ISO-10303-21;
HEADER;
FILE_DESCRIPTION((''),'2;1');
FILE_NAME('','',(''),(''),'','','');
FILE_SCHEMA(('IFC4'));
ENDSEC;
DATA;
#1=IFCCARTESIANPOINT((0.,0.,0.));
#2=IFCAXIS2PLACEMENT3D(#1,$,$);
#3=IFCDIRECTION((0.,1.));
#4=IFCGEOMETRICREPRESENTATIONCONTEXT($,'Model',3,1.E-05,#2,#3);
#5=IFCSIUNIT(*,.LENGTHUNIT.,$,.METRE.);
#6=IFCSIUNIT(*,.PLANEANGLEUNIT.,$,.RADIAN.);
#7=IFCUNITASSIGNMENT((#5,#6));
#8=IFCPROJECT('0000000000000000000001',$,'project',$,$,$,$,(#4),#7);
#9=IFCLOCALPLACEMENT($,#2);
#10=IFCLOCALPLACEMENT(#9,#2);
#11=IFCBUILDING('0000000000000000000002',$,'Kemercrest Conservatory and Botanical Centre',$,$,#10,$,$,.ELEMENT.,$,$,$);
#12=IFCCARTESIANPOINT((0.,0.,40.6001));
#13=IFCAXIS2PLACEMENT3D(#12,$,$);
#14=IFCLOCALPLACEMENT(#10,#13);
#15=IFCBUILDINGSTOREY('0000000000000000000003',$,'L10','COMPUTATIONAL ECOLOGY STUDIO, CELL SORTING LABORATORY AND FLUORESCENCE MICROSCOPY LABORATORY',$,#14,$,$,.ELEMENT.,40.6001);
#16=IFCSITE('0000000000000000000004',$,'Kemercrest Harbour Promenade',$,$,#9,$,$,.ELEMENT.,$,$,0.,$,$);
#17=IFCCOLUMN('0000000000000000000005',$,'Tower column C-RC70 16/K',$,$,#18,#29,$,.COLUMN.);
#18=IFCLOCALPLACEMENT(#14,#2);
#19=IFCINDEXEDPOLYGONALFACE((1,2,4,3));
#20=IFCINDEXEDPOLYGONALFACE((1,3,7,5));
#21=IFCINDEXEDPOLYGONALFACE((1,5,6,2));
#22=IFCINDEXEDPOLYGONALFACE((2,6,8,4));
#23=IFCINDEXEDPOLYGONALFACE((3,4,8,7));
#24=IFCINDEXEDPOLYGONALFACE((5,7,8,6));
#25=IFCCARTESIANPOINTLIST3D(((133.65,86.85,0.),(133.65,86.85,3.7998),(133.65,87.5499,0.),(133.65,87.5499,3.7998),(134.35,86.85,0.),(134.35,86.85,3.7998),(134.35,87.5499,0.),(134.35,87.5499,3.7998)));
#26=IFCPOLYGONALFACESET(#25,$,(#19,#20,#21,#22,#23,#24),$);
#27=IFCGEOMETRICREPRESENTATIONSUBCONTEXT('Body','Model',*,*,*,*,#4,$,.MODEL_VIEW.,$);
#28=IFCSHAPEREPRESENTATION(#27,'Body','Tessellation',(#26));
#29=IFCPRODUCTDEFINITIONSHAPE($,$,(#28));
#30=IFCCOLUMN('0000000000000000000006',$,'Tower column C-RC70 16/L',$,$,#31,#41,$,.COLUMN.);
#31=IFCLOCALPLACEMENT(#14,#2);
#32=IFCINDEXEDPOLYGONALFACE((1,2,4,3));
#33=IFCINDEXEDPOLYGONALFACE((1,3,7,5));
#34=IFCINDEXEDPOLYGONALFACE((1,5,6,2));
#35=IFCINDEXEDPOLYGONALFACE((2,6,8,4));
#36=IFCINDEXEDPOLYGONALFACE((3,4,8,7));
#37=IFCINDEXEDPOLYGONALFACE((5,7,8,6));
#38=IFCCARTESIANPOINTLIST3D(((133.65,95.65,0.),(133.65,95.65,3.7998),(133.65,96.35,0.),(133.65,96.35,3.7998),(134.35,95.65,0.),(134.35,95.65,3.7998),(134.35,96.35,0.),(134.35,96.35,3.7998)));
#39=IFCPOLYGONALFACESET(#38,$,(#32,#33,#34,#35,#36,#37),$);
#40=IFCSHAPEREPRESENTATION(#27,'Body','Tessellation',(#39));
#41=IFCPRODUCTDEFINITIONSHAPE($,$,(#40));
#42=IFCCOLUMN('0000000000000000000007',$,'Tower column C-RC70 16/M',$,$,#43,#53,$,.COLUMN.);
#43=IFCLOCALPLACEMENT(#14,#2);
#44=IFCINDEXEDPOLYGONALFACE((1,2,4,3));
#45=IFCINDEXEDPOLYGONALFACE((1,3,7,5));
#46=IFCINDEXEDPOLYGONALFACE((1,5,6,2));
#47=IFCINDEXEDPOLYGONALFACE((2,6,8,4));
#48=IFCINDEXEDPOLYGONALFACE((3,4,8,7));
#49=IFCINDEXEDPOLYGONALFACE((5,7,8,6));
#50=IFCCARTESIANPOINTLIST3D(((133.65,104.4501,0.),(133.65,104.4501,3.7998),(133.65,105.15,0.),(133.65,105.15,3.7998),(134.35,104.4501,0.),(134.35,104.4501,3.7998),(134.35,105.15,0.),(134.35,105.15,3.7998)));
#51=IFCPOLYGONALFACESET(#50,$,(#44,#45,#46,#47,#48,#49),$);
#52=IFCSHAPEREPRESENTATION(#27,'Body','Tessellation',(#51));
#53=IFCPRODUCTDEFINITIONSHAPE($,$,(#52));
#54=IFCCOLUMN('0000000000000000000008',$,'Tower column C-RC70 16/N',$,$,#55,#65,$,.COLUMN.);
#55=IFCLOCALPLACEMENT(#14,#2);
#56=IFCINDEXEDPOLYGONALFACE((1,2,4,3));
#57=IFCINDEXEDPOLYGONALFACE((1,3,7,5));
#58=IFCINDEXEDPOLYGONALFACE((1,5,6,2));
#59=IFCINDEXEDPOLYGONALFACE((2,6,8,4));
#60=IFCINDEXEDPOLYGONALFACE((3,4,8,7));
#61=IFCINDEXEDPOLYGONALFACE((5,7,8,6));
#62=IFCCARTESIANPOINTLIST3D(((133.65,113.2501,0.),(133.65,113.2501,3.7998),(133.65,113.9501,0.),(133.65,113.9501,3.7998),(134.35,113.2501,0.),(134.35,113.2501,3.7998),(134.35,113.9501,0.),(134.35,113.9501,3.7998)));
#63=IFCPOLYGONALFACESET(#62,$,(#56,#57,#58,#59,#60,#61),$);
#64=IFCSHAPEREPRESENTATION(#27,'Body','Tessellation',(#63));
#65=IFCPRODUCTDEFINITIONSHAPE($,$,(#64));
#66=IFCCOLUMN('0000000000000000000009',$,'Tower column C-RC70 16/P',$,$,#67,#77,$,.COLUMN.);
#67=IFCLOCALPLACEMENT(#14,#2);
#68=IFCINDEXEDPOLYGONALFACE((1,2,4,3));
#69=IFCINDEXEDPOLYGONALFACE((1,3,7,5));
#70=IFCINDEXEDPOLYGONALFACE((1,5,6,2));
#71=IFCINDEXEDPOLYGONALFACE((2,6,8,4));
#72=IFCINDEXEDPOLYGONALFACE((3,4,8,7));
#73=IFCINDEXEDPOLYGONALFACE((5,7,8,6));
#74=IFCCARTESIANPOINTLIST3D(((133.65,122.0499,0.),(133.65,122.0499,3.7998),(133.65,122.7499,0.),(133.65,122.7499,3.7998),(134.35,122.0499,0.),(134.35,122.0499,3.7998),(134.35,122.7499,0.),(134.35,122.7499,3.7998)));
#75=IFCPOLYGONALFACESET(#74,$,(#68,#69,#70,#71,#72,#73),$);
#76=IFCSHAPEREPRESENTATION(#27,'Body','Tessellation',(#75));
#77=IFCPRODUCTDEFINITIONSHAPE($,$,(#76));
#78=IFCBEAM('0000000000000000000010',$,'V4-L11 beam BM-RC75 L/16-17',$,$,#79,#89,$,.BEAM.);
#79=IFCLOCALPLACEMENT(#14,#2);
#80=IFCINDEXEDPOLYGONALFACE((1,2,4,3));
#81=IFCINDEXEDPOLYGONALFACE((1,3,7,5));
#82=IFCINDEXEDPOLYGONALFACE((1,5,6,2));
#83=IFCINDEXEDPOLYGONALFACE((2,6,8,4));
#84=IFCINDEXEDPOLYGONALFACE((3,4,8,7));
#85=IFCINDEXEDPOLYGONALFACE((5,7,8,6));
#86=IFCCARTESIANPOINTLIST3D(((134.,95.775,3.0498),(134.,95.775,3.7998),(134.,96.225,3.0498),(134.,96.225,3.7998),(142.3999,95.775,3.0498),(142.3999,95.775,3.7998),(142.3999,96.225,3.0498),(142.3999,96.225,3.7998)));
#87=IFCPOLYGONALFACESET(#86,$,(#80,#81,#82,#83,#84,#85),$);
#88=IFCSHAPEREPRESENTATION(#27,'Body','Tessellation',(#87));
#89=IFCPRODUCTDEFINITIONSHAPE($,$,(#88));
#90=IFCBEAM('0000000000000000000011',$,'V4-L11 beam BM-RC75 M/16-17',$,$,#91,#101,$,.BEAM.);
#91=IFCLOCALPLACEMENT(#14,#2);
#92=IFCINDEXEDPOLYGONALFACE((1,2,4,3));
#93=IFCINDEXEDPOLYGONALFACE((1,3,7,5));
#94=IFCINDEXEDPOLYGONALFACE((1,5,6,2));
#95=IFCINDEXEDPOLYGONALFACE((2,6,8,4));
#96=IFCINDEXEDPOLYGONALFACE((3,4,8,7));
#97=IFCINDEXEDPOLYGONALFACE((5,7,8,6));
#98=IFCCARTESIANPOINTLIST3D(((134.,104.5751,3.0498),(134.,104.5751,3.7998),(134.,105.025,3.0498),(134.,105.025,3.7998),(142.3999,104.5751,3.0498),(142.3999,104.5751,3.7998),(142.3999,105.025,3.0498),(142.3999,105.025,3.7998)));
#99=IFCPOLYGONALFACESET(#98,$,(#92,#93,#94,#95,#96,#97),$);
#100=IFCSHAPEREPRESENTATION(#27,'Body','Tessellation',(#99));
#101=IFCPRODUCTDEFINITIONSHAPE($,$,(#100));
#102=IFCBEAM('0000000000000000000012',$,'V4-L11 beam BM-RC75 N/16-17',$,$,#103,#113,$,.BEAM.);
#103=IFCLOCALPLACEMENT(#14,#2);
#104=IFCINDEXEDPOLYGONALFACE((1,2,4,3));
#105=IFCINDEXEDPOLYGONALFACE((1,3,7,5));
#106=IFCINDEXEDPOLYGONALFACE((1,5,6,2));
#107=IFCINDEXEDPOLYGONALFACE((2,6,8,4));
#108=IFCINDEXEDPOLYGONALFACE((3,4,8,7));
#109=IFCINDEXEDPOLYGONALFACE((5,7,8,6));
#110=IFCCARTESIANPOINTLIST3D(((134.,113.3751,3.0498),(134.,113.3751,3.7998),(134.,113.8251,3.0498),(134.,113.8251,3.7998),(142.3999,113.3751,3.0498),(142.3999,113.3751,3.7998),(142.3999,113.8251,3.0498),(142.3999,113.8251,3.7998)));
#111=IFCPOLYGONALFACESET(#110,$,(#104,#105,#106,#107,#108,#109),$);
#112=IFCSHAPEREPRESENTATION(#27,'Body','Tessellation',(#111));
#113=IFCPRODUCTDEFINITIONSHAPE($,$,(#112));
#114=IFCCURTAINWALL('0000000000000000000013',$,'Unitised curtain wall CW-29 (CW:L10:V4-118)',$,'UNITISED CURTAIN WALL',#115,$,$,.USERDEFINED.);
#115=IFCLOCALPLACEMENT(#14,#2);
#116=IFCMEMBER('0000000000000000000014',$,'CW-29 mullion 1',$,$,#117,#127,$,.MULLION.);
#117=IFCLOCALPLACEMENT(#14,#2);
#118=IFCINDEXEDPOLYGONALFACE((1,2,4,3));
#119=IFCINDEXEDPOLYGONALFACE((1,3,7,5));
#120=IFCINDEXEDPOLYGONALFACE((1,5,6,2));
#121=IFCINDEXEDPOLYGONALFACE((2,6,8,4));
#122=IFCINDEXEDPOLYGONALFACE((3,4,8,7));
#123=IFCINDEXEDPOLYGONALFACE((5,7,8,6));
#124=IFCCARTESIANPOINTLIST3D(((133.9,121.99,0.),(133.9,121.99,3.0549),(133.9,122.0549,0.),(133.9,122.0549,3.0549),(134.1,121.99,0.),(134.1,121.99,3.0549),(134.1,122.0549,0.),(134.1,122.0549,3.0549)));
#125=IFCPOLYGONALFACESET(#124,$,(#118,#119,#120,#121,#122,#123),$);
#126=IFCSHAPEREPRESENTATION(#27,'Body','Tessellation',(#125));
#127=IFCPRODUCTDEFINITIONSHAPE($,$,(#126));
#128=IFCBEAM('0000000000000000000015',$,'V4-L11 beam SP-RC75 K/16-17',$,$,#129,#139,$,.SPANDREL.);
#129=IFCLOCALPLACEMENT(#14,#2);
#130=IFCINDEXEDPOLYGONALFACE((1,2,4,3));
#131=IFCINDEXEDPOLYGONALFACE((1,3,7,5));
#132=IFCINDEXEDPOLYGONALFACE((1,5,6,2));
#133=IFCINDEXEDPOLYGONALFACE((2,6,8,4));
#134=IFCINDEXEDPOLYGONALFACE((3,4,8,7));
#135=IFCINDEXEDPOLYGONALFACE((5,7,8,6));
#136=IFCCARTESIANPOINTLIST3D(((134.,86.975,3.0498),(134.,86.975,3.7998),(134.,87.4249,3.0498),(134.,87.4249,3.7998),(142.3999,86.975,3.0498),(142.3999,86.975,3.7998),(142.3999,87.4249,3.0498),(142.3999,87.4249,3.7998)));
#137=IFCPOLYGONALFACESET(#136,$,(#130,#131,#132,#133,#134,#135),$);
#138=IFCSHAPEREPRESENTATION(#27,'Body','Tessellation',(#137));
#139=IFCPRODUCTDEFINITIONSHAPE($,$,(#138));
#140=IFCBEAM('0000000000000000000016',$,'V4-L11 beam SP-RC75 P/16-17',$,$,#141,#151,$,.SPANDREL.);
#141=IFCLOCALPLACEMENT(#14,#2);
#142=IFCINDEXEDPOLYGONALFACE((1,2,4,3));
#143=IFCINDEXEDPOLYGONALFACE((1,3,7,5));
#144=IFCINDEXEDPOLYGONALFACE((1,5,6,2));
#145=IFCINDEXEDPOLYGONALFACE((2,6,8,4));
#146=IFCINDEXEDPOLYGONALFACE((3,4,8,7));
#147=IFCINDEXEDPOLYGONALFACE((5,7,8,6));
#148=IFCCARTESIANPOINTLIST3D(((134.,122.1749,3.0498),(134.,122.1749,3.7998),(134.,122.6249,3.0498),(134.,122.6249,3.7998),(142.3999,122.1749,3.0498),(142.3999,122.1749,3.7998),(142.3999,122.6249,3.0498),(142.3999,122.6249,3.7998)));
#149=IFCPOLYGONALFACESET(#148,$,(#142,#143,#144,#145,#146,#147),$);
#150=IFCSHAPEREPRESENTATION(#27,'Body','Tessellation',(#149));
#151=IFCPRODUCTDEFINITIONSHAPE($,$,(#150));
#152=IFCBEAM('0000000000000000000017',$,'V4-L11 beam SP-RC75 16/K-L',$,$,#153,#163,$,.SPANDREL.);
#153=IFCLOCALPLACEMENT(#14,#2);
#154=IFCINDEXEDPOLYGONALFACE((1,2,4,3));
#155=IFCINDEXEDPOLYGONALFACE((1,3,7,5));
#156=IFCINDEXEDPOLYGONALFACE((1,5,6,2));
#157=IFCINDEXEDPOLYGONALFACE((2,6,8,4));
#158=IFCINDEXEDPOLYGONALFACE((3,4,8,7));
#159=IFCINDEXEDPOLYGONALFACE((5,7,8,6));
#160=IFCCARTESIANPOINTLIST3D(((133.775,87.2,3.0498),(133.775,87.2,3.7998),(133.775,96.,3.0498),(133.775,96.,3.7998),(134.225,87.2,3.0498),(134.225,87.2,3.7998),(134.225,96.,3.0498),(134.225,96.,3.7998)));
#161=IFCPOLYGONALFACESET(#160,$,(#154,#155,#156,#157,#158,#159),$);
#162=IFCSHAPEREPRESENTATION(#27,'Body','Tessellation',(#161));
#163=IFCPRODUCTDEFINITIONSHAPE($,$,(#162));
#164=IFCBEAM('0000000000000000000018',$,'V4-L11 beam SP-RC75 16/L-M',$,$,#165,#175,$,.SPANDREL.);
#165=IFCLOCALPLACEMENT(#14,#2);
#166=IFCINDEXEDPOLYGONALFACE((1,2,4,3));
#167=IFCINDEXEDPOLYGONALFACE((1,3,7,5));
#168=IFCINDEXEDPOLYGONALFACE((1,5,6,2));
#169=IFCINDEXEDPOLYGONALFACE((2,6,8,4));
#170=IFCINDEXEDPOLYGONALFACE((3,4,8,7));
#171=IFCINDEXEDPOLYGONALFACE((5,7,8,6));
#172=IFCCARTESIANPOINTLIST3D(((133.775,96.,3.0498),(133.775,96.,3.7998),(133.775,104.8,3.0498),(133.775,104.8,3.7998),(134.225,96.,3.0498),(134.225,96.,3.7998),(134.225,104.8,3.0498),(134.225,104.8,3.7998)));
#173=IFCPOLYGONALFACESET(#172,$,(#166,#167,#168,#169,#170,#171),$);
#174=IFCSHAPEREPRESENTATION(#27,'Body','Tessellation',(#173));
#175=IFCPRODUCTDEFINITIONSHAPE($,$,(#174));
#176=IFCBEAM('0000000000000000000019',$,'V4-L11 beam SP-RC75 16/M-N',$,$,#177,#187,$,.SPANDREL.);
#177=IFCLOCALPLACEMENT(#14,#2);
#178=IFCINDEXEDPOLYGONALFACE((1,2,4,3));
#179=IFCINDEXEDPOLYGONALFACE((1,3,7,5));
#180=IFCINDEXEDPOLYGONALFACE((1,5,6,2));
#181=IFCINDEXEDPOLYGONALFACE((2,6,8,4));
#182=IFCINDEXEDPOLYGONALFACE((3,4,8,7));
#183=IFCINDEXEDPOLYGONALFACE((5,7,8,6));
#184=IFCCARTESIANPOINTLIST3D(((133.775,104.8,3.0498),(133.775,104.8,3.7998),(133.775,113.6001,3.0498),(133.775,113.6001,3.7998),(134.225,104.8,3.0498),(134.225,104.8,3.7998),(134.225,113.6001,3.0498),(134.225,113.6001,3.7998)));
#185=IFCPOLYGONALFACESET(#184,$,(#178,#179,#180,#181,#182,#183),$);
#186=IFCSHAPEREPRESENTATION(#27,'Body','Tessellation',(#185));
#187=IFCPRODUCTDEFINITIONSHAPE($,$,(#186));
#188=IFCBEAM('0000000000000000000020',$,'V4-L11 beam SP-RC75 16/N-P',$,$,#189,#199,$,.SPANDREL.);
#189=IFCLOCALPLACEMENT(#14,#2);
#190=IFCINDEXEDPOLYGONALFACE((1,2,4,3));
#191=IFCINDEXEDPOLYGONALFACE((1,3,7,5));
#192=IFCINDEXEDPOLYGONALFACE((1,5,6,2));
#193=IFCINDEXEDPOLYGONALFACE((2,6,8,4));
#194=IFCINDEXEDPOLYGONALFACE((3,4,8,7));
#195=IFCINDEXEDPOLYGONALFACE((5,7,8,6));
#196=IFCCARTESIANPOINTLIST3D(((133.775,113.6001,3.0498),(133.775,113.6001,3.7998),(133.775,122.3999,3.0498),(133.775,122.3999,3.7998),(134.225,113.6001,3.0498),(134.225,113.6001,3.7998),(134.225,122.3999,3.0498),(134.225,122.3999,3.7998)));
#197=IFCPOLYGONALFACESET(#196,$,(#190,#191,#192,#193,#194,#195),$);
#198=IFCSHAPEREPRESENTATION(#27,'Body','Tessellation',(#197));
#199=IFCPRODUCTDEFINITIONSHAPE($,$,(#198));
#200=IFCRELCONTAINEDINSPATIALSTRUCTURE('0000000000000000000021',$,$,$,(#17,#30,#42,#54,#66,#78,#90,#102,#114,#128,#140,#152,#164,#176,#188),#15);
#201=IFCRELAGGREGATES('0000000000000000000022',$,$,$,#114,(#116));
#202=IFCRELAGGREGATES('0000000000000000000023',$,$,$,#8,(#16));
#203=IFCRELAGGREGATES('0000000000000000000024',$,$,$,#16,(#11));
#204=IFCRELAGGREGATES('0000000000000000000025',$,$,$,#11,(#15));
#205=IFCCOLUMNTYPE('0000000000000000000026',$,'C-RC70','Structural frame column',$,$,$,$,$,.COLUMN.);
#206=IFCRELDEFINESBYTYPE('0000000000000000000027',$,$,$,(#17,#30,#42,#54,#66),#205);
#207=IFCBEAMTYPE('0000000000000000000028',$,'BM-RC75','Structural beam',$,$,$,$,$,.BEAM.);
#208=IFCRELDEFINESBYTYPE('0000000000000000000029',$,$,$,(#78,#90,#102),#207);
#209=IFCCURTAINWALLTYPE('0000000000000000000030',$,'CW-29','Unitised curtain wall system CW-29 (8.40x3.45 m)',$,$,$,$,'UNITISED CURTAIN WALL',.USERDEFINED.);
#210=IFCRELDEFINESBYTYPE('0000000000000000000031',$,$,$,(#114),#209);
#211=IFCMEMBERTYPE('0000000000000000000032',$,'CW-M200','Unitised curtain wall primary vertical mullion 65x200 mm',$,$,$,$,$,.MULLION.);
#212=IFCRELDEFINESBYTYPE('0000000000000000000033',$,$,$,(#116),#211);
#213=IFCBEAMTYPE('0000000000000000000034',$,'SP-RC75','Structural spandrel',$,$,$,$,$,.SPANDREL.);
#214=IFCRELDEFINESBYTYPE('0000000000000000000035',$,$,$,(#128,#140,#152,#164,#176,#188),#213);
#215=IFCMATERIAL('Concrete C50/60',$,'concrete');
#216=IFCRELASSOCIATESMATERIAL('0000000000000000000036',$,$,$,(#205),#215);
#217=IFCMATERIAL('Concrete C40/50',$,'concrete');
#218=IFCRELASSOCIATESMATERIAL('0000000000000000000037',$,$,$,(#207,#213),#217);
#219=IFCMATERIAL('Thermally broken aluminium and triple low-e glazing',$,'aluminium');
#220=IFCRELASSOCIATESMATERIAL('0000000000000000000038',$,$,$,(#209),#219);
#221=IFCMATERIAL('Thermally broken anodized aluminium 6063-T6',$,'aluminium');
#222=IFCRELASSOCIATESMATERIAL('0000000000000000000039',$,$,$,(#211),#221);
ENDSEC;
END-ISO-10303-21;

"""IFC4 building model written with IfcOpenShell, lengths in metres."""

from ifc_helpers import new_model, si_unit, direction, frame, origin, origin_2d, place, context, subcontext, project, spatial, rectangle, extrude, material, material_profile, profile_set, type_object, element, aggregate, save


model = new_model("IFC4")

# Units and contexts
model_context = context("Model", 3, precision=1e-05, world=origin(), true_north=direction((0.0, 1.0)))
body_context = subcontext(model_context, "Body", "Model", "MODEL_VIEW")
ifc_project = project(units=[si_unit("LENGTHUNIT", "METRE"), si_unit("PLANEANGLEUNIT", "RADIAN")], contexts=[model_context])

# Site, building, storey
site_placement = place(None, origin())
site = spatial("IfcSite", under=ifc_project, at=site_placement, Name="Kemercrest Harbour Promenade", CompositionType="ELEMENT", RefElevation=0.0)
building_placement = place(site_placement, origin())
building = spatial("IfcBuilding", under=site, at=building_placement, Name="Kemercrest Conservatory and Botanical Centre", CompositionType="ELEMENT")
storey_placement = place(building_placement, frame((0.0, 0.0, 40.6001)))
storey = spatial("IfcBuildingStorey", under=building, at=storey_placement, Name="L10", Description="COMPUTATIONAL ECOLOGY STUDIO, CELL SORTING LABORATORY AND FLUORESCENCE MICROSCOPY LABORATORY", CompositionType="ELEMENT", Elevation=40.6001)

# Columns
ifc_material_1 = material(Name="Concrete C50/60", Category="concrete")
ifc_material_profile_1 = material_profile(ifc_material_1, rectangle(XDim=0.7, YDim=0.7, at=origin_2d()), Name="RC 700x700")
ifc_profile_set_1 = profile_set([ifc_material_profile_1], Name="Concrete C50/60")
column_type = type_object("IfcColumnType", Name="C-RC70", Description="Structural frame column", PredefinedType="COLUMN", material=ifc_profile_set_1)
for number, where, z_axis, x_axis, name in (
    (1, (134.0, 87.2, 0.0), (0.0, 0.0, 1.0), (1.0, 0.0, 0.0), "Tower column C-RC70 16/K"),
    (2, (134.0, 96.0, 0.0), (0.0, 0.0, 1.0), (1.0, 0.0, 0.0), "Tower column C-RC70 16/L"),
    (3, (134.0, 104.8, 0.0), (0.0, 0.0, 1.0), (1.0, 0.0, 0.0), "Tower column C-RC70 16/M"),
    (4, (134.0, 113.6001, 0.0), (0.0, 0.0, 1.0), (1.0, 0.0, 0.0), "Tower column C-RC70 16/N"),
    (5, (134.0, 122.3999, 0.0), (0.0, 0.0, 1.0), (1.0, 0.0, 0.0), "Tower column C-RC70 16/P"),
):
    element("IfcColumn", number, at=place(storey_placement, frame(where, z_axis=z_axis, x_axis=x_axis)), inside=storey, type_object=column_type, Name=name, PredefinedType="COLUMN", context=body_context, shape_type="SweptSolid", body=[
        extrude(rectangle(XDim=0.7, YDim=0.7, at=origin_2d()), origin(), (0.0, 0.0, 1.0), 3.7998),
    ])

# Beams
ifc_material_2 = material(Name="Concrete C40/50", Category="concrete")
ifc_material_profile_2 = material_profile(ifc_material_2, rectangle(XDim=0.45, YDim=0.75, at=origin_2d()), Name="RC 450x750")
ifc_profile_set_2 = profile_set([ifc_material_profile_2], Name="Concrete C40/50")
beam_type_1 = type_object("IfcBeamType", Name="BM-RC75", Description="Structural beam", PredefinedType="BEAM", material=ifc_profile_set_2)
for number, where, z_axis, x_axis, name in (
    (6, (134.0, 96.0, 3.4248), (1.0, 0.0, 0.0), (0.0, 1.0, 0.0), "V4-L11 beam BM-RC75 L/16-17"),
    (7, (134.0, 104.8, 3.4248), (1.0, 0.0, 0.0), (0.0, 1.0, 0.0), "V4-L11 beam BM-RC75 M/16-17"),
    (8, (134.0, 113.6001, 3.4248), (1.0, 0.0, 0.0), (0.0, 1.0, 0.0), "V4-L11 beam BM-RC75 N/16-17"),
):
    element("IfcBeam", number, at=place(storey_placement, frame(where, z_axis=z_axis, x_axis=x_axis)), inside=storey, type_object=beam_type_1, Name=name, PredefinedType="BEAM", context=body_context, shape_type="SweptSolid", body=[
        extrude(rectangle(XDim=0.45, YDim=0.75, at=origin_2d()), origin(), (0.0, 0.0, 1.0), 8.3999),
    ])

# Curtain wall, member
ifc_material_3 = material(Name="Thermally broken aluminium and triple low-e glazing", Category="aluminium")
curtain_wall_type = type_object("IfcCurtainWallType", Name="CW-29", Description="Unitised curtain wall system CW-29 (8.40x3.45 m)", ElementType="UNITISED CURTAIN WALL", PredefinedType="USERDEFINED", material=ifc_material_3)
curtain_wall_placement = place(storey_placement, origin())
curtain_wall = element("IfcCurtainWall", 9, at=curtain_wall_placement, inside=storey, type_object=curtain_wall_type, Name="Unitised curtain wall CW-29 (CW:L10:V4-118)", ObjectType="UNITISED CURTAIN WALL", PredefinedType="USERDEFINED")
ifc_material_4 = material(Name="Thermally broken anodized aluminium 6063-T6", Category="aluminium")
ifc_material_profile_3 = material_profile(ifc_material_4, rectangle(XDim=0.2, YDim=0.0649, at=origin_2d()), Name="AL MULLION 65x200")
ifc_profile_set_3 = profile_set([ifc_material_profile_3], Name="Thermally broken anodized aluminium 6063-T6")
member_type = type_object("IfcMemberType", Name="CW-M200", Description="Unitised curtain wall primary vertical mullion 65x200 mm", PredefinedType="MULLION", material=ifc_profile_set_3)
member_placement = place(storey_placement, frame((134.0, 122.0225, 0.0), z_axis=(0.0, 0.0, 1.0), x_axis=(1.0, 0.0, 0.0)))
member = element("IfcMember", 10, at=member_placement, type_object=member_type, Name="CW-29 mullion 1", PredefinedType="MULLION", context=body_context, shape_type="SweptSolid", body=[
    extrude(rectangle(XDim=0.2, YDim=0.0649, at=origin_2d()), origin(), (0.0, 0.0, 1.0), 3.0549),
])
aggregate(curtain_wall, [member])

# Beams
ifc_material_profile_4 = material_profile(ifc_material_2, rectangle(XDim=0.45, YDim=0.75, at=origin_2d()), Name="RC 450x750")
ifc_profile_set_4 = profile_set([ifc_material_profile_4], Name="Concrete C40/50")
beam_type_2 = type_object("IfcBeamType", Name="SP-RC75", Description="Structural spandrel", PredefinedType="SPANDREL", material=ifc_profile_set_4)
for number, where, z_axis, x_axis, name in (
    (11, (134.0, 87.2, 3.4248), (1.0, 0.0, 0.0), (0.0, 1.0, 0.0), "V4-L11 beam SP-RC75 K/16-17"),
    (12, (134.0, 122.3999, 3.4248), (1.0, 0.0, 0.0), (0.0, 1.0, 0.0), "V4-L11 beam SP-RC75 P/16-17"),
):
    element("IfcBeam", number, at=place(storey_placement, frame(where, z_axis=z_axis, x_axis=x_axis)), inside=storey, type_object=beam_type_2, Name=name, PredefinedType="SPANDREL", context=body_context, shape_type="SweptSolid", body=[
        extrude(rectangle(XDim=0.45, YDim=0.75, at=origin_2d()), origin(), (0.0, 0.0, 1.0), 8.3999),
    ])
for number, where, z_axis, x_axis, name in (
    (13, (134.0, 87.2, 3.4248), (0.0, 1.0, 0.0), (-1.0, 0.0, 0.0), "V4-L11 beam SP-RC75 16/K-L"),
    (14, (134.0, 96.0, 3.4248), (0.0, 1.0, 0.0), (-1.0, 0.0, 0.0), "V4-L11 beam SP-RC75 16/L-M"),
    (15, (134.0, 104.8, 3.4248), (0.0, 1.0, 0.0), (-1.0, 0.0, 0.0), "V4-L11 beam SP-RC75 16/M-N"),
):
    element("IfcBeam", number, at=place(storey_placement, frame(where, z_axis=z_axis, x_axis=x_axis)), inside=storey, type_object=beam_type_2, Name=name, PredefinedType="SPANDREL", context=body_context, shape_type="SweptSolid", body=[
        extrude(rectangle(XDim=0.45, YDim=0.75, at=origin_2d()), origin(), (0.0, 0.0, 1.0), 8.8),
    ])
beam_placement = place(storey_placement, frame((134.0, 113.6001, 3.4248), z_axis=(0.0, 1.0, 0.0), x_axis=(-1.0, 0.0, 0.0)))
element("IfcBeam", 16, at=beam_placement, inside=storey, type_object=beam_type_2, Name="V4-L11 beam SP-RC75 16/N-P", PredefinedType="SPANDREL", context=body_context, shape_type="SweptSolid", body=[
    extrude(rectangle(XDim=0.45, YDim=0.75, at=origin_2d()), origin(), (0.0, 0.0, 1.0), 8.7998),
])

save(model, "model.ifc")
